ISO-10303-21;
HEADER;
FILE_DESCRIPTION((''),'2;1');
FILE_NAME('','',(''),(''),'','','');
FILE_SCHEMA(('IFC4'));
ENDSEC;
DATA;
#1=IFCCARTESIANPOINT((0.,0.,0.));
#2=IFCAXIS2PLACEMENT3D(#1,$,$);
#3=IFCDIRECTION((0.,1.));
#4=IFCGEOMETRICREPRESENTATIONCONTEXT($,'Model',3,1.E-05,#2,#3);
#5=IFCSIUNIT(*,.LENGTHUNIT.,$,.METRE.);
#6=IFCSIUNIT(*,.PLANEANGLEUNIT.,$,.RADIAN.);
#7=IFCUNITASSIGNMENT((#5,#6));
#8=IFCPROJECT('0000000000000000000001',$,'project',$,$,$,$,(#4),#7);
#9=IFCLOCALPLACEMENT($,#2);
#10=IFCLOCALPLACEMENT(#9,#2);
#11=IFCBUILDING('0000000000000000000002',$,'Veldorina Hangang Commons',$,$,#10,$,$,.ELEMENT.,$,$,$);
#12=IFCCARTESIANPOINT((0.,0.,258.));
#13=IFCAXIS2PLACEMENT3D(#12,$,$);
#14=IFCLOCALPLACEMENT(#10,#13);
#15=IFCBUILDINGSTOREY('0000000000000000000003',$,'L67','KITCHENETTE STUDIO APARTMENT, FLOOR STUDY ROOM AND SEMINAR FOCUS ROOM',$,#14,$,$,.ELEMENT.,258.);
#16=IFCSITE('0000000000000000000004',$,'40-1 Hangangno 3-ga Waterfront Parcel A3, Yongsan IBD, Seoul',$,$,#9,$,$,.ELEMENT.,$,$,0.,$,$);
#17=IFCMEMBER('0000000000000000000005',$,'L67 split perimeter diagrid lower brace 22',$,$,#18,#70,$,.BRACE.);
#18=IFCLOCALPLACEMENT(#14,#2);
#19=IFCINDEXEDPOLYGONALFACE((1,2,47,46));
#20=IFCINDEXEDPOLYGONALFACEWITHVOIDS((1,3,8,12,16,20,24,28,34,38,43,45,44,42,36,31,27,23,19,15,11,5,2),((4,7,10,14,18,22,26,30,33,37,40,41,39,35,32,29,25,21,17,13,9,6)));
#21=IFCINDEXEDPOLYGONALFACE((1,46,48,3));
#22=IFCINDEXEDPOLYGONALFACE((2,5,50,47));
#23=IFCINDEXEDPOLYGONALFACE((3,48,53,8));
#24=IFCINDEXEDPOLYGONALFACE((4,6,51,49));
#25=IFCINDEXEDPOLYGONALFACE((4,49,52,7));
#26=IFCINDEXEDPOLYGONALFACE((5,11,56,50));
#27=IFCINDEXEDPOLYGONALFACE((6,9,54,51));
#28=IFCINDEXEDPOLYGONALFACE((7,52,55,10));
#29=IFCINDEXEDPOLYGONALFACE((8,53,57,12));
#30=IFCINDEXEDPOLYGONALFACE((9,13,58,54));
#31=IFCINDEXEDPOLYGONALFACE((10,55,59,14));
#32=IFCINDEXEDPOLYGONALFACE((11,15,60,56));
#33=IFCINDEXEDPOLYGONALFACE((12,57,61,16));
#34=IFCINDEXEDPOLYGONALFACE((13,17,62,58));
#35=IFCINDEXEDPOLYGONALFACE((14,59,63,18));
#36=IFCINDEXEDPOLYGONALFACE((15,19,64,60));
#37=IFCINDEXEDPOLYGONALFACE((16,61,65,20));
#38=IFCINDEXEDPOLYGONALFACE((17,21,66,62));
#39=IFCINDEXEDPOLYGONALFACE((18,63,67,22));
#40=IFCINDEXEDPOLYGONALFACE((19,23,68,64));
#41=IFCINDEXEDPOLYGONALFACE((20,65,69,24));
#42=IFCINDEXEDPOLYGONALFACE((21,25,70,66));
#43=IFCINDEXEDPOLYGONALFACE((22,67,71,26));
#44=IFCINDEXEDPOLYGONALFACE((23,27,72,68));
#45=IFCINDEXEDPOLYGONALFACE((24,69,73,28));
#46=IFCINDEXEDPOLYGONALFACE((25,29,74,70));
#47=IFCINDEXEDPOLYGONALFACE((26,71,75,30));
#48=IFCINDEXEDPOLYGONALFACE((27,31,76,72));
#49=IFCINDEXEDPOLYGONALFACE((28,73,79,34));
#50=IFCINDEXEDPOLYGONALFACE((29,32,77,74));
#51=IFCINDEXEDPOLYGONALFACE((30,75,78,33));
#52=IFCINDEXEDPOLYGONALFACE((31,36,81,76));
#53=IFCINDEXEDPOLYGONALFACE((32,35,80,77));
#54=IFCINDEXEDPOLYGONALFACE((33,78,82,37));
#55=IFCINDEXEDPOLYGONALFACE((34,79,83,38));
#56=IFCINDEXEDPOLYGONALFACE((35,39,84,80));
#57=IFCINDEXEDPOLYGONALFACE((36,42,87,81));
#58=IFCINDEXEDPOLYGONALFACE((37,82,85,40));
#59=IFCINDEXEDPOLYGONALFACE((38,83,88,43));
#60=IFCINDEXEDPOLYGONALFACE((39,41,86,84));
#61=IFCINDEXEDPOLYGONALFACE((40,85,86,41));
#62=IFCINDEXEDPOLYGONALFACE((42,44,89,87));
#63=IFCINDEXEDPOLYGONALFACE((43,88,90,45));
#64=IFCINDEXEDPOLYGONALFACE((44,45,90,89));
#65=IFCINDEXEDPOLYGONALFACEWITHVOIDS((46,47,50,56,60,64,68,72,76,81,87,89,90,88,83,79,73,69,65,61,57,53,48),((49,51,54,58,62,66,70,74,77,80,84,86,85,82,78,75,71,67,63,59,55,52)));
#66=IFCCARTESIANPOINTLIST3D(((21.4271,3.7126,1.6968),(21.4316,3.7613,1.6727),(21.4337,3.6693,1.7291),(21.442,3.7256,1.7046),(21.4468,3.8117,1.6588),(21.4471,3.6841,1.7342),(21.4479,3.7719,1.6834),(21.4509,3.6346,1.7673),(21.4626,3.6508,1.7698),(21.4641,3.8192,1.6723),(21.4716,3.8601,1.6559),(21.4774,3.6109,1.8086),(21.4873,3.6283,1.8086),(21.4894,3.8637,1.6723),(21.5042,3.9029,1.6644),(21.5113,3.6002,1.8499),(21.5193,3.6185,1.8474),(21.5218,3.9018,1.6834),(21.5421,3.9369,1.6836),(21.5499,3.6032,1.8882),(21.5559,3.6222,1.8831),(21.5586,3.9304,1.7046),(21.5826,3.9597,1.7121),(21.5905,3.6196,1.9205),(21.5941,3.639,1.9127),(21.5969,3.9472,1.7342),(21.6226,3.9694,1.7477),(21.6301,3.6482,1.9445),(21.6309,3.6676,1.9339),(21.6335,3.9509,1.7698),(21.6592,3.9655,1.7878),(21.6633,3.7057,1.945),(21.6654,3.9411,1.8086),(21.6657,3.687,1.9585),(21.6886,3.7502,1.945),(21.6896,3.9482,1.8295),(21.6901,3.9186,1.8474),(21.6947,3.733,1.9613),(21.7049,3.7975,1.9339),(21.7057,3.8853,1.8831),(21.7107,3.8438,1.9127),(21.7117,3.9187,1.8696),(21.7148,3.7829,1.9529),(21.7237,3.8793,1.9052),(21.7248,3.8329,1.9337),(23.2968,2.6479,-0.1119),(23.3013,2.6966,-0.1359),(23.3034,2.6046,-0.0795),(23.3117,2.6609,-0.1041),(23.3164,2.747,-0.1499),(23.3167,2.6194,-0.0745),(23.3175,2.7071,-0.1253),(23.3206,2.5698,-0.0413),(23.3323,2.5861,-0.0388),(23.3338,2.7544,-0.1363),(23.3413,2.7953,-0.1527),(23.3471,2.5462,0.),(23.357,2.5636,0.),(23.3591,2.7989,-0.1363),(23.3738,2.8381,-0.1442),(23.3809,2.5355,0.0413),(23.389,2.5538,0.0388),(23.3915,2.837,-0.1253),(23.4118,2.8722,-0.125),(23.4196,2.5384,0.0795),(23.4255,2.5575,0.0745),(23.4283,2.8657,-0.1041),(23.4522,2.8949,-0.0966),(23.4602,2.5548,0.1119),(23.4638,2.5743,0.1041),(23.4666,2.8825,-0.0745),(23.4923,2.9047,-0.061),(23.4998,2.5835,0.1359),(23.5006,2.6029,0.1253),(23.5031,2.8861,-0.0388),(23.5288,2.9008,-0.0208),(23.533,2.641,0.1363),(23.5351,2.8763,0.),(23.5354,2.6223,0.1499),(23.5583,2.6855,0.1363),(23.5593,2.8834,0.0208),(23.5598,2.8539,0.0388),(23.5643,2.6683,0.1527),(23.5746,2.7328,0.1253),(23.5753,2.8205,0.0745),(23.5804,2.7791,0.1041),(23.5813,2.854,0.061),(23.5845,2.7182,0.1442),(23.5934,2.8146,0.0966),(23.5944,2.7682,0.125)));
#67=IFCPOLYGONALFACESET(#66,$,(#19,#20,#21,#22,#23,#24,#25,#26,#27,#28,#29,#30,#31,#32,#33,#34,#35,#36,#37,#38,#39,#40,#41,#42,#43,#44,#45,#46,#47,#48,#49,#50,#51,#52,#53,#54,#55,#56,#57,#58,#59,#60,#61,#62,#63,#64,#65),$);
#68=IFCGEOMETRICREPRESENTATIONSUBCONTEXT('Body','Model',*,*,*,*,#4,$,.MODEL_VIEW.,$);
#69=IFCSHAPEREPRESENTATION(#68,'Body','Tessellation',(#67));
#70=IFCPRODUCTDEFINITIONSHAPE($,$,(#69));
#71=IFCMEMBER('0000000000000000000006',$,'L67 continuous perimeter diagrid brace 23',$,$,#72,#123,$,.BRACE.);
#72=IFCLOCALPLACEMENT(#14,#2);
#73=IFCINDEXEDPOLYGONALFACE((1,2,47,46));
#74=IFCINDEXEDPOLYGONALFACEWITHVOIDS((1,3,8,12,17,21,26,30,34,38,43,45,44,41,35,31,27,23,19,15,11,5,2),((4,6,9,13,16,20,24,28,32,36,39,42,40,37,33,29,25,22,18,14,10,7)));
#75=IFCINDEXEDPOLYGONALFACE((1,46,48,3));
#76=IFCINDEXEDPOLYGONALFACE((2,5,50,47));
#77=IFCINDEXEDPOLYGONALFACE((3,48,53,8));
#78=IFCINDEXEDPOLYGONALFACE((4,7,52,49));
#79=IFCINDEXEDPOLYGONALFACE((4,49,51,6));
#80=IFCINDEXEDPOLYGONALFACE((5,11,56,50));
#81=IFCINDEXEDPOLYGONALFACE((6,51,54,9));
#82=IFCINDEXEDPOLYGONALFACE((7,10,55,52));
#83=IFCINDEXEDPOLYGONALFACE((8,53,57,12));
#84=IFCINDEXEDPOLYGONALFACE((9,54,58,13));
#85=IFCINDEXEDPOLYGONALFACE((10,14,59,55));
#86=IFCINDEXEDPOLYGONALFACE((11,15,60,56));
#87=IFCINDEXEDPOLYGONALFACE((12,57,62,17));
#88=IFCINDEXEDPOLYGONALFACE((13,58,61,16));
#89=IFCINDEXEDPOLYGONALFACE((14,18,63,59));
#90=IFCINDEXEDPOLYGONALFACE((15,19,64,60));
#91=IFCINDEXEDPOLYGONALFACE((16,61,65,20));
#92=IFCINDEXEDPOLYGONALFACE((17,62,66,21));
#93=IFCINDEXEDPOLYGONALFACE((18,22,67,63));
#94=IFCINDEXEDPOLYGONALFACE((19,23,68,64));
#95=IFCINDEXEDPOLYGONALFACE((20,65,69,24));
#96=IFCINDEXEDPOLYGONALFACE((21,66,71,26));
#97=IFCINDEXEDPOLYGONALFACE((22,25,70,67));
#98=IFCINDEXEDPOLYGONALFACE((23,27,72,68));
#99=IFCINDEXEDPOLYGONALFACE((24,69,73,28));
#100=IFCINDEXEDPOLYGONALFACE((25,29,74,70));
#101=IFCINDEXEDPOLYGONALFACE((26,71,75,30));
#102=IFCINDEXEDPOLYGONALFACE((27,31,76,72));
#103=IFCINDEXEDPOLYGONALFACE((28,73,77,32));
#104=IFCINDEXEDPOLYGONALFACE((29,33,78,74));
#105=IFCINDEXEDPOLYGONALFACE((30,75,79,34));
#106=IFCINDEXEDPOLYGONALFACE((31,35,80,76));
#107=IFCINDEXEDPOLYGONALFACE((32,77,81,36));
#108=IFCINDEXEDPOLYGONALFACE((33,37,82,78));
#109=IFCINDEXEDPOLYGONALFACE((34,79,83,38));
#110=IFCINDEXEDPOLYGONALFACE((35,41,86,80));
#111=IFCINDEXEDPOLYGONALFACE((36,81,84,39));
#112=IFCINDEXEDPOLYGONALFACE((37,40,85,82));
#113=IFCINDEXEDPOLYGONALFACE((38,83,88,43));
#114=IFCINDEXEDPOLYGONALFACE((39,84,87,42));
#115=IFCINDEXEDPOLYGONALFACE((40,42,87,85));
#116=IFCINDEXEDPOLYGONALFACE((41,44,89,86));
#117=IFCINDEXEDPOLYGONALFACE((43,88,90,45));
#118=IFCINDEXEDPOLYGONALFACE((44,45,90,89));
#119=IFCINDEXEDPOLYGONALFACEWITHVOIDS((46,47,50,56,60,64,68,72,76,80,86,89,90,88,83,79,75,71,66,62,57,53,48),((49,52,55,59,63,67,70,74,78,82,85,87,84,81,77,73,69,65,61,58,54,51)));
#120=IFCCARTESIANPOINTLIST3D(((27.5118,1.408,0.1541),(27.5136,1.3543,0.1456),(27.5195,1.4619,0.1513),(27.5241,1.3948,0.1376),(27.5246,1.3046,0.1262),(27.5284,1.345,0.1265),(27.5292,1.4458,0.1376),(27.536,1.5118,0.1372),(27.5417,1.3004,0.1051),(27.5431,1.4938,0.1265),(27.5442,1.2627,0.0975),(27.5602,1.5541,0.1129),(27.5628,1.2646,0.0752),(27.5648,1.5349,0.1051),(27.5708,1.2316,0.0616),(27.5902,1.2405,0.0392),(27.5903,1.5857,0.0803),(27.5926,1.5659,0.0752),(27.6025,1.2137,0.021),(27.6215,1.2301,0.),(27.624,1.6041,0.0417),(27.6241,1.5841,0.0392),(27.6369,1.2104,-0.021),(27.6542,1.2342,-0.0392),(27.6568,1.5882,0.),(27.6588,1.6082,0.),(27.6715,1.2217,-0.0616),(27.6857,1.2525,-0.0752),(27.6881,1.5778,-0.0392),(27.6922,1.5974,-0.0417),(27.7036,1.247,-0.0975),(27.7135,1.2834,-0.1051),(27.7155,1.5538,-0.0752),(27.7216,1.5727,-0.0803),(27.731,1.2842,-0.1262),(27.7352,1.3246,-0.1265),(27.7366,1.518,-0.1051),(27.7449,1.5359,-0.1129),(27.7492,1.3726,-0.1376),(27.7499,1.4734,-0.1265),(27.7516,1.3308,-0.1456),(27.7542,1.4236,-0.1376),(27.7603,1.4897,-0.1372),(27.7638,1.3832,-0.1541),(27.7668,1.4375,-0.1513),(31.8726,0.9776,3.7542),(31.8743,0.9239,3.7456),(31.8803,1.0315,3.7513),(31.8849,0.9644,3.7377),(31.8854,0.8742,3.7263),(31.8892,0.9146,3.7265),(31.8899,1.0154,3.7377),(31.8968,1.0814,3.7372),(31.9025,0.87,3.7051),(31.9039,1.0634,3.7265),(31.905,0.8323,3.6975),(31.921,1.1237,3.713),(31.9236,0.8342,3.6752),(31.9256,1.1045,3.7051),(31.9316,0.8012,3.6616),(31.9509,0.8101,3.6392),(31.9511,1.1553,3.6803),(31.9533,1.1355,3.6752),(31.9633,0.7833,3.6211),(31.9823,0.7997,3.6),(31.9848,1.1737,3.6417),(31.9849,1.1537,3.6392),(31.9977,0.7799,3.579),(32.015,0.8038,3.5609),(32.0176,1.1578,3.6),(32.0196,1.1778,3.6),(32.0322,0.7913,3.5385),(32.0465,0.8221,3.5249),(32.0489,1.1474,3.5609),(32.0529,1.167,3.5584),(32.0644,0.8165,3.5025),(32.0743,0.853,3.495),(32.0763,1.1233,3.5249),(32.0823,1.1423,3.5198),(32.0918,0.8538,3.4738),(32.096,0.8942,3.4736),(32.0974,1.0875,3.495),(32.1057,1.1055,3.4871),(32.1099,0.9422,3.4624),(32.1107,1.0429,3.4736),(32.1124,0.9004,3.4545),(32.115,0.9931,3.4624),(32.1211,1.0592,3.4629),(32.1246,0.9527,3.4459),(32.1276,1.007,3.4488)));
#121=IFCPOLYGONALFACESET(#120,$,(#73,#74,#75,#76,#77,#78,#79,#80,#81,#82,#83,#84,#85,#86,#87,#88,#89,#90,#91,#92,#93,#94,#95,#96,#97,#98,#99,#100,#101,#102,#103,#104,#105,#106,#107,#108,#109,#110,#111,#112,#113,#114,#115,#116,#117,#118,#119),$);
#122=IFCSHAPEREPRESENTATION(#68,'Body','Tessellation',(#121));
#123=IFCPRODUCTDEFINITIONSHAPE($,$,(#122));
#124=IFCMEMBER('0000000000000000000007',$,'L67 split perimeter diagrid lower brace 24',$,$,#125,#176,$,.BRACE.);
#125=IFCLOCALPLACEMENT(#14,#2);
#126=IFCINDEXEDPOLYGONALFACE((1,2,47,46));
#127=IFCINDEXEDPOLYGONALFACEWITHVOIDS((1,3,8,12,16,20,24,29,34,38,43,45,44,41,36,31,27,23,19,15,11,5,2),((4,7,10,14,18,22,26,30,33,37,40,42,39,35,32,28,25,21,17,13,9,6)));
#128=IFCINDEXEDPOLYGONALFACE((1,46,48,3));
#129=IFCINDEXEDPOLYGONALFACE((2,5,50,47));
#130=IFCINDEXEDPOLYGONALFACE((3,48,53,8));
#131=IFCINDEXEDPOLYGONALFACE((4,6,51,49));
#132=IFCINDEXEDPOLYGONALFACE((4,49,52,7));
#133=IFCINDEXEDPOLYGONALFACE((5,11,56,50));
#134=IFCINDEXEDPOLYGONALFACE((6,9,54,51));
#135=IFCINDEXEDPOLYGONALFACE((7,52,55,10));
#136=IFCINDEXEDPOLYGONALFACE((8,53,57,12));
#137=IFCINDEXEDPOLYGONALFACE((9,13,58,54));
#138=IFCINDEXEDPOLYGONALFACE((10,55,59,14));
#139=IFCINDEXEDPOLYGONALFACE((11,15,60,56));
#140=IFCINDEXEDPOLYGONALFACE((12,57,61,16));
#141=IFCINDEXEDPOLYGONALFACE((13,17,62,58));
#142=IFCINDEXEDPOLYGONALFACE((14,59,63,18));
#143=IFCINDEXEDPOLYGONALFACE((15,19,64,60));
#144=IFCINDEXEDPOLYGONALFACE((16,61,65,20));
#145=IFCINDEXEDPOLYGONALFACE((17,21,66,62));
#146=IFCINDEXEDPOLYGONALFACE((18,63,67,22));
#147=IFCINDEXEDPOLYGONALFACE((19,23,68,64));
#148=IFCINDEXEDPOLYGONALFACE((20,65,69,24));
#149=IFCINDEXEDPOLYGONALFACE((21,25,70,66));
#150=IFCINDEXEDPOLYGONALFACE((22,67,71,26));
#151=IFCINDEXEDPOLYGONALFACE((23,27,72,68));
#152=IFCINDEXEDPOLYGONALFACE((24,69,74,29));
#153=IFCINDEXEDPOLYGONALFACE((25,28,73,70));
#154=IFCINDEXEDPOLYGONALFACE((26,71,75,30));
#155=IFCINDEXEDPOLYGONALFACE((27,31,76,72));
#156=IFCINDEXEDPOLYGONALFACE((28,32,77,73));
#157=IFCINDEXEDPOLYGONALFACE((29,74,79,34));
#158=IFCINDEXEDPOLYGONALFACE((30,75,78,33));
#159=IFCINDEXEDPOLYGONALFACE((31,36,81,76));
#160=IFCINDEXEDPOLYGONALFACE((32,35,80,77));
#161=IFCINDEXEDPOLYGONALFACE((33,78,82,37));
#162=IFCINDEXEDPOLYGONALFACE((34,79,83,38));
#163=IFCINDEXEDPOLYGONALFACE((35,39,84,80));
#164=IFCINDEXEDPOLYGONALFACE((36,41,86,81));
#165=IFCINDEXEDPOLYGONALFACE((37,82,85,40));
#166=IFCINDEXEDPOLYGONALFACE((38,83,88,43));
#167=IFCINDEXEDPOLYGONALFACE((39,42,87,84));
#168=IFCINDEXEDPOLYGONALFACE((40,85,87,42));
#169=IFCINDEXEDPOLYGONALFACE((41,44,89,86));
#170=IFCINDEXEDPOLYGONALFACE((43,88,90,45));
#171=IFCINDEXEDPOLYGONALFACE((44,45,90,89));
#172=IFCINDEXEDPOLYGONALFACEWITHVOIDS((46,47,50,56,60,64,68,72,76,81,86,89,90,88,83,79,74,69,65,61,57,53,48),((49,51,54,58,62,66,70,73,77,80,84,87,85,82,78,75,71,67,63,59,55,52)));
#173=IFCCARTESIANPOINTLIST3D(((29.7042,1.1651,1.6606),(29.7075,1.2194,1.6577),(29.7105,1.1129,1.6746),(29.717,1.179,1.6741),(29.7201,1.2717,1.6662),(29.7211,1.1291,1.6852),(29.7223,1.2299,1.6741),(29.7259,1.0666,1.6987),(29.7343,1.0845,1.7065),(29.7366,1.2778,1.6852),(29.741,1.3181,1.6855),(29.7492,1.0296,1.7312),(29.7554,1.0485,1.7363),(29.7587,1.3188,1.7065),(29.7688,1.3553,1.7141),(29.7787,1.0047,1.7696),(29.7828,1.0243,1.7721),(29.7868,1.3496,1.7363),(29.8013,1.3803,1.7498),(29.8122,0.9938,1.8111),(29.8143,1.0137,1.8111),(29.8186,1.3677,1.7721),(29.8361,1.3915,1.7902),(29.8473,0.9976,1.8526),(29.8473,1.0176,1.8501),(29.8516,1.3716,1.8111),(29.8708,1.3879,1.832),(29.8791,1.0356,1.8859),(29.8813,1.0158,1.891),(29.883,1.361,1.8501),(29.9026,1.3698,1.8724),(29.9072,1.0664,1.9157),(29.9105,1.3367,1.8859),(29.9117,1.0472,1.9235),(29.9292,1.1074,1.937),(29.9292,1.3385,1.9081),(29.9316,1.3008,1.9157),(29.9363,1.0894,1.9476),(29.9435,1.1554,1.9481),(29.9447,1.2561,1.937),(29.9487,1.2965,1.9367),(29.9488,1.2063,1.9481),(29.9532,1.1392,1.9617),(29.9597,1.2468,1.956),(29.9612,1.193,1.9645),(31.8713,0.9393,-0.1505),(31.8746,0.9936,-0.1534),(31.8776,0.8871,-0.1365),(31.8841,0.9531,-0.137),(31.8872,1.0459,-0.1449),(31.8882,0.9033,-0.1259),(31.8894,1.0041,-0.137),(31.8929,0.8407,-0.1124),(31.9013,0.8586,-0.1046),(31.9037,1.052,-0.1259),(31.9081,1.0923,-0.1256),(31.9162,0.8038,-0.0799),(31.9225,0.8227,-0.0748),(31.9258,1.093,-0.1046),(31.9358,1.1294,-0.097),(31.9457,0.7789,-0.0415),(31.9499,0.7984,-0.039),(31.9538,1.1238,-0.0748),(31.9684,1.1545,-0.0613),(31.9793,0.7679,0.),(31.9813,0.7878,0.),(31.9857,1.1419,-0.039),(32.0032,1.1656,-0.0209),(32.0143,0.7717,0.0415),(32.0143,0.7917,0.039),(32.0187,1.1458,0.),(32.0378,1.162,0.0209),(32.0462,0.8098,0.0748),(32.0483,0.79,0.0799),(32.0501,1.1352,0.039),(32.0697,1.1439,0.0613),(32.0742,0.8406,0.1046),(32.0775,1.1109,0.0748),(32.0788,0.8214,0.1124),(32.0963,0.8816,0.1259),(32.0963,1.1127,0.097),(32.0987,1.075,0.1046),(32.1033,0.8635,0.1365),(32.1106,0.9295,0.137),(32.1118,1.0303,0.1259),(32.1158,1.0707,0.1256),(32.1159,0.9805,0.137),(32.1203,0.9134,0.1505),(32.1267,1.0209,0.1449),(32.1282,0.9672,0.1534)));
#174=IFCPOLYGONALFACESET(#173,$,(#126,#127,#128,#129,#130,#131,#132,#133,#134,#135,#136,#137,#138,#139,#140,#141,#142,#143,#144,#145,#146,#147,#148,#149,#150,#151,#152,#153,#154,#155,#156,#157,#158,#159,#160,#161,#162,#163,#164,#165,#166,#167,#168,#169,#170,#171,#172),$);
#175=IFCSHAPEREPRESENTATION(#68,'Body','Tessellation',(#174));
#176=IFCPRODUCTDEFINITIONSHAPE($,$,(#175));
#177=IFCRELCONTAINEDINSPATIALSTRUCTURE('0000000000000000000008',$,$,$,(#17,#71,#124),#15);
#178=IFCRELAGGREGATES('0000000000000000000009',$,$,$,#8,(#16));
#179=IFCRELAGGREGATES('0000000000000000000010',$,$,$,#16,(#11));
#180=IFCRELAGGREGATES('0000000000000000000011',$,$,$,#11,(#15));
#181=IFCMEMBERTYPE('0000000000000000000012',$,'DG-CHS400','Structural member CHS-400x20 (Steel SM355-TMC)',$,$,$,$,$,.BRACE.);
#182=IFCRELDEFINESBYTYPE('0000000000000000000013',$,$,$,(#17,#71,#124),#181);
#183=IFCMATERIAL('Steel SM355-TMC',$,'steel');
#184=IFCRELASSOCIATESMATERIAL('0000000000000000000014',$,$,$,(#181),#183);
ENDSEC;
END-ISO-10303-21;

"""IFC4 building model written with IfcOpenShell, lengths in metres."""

from ifc_helpers import new_model, si_unit, direction, frame, origin, origin_2d, place, context, subcontext, project, spatial, hollow_circle, extrude, material, material_profile, profile_set, type_object, element, save


model = new_model("IFC4")

# Units and contexts
model_context = context("Model", 3, precision=1e-05, world=origin(), true_north=direction((0.0, 1.0)))
body_context = subcontext(model_context, "Body", "Model", "MODEL_VIEW")
ifc_project = project(units=[si_unit("LENGTHUNIT", "METRE"), si_unit("PLANEANGLEUNIT", "RADIAN")], contexts=[model_context])

# Site, building, storey
site_placement = place(None, origin())
site = spatial("IfcSite", under=ifc_project, at=site_placement, Name="40-1 Hangangno 3-ga Waterfront Parcel A3, Yongsan IBD, Seoul", CompositionType="ELEMENT", RefElevation=0.0)
building_placement = place(site_placement, origin())
building = spatial("IfcBuilding", under=site, at=building_placement, Name="Veldorina Hangang Commons", CompositionType="ELEMENT")
storey_placement = place(building_placement, frame((0.0, 0.0, 258.0)))
storey = spatial("IfcBuildingStorey", under=building, at=storey_placement, Name="L67", Description="KITCHENETTE STUDIO APARTMENT, FLOOR STUDY ROOM AND SEMINAR FOCUS ROOM", CompositionType="ELEMENT", Elevation=258.0)

# Shared definitions
ifc_material_1 = material(Name="Steel SM355-TMC", Category="steel")

# Members
ifc_material_profile_1 = material_profile(ifc_material_1, hollow_circle(Radius=0.2, WallThickness=0.02, at=origin_2d()), Name="CHS-400x20")
ifc_profile_set_1 = profile_set([ifc_material_profile_1], Name="Steel SM355-TMC")
member_type_1 = type_object("IfcMemberType", Name="DG-CHS400", Description="Structural member CHS-400x20 (Steel SM355-TMC)", PredefinedType="BRACE", material=ifc_profile_set_1)
member_1_placement = place(storey_placement, frame((23.446, 2.72, 0.0), z_axis=(-0.66518, 0.3788, 0.643465), x_axis=(-0.494855, -0.868975, 0.0)))
element("IfcMember", 1, at=member_1_placement, inside=storey, type_object=member_type_1, Name="L67 split perimeter diagrid lower brace 22", PredefinedType="BRACE", context=body_context, shape_type="SweptSolid", body=[
    extrude(hollow_circle(Radius=0.2, WallThickness=0.02, at=origin_2d()), origin(), (0.0, 0.0, 1.0), 2.8108),
])
member_2_placement = place(storey_placement, frame((27.6392, 1.4092, 0.0), z_axis=(0.76894, -0.075895, 0.6348), x_axis=(0.098224, 0.995164, 0.0)))
element("IfcMember", 2, at=member_2_placement, inside=storey, type_object=member_type_1, Name="L67 continuous perimeter diagrid brace 23", PredefinedType="BRACE", context=body_context, shape_type="SweptSolid", body=[
    extrude(hollow_circle(Radius=0.2, WallThickness=0.02, at=origin_2d()), origin(), (0.0, 0.0, 1.0), 5.6711),
])
member_3_placement = place(storey_placement, frame((32.0, 0.9668, 0.0), z_axis=(-0.764872, 0.07971, 0.639232), x_axis=(-0.103652, -0.994614, 0.0)))
element("IfcMember", 3, at=member_3_placement, inside=storey, type_object=member_type_1, Name="L67 split perimeter diagrid lower brace 24", PredefinedType="BRACE", context=body_context, shape_type="SweptSolid", body=[
    extrude(hollow_circle(Radius=0.2, WallThickness=0.02, at=origin_2d()), origin(), (0.0, 0.0, 1.0), 2.8333),
])

save(model, "model.ifc")
